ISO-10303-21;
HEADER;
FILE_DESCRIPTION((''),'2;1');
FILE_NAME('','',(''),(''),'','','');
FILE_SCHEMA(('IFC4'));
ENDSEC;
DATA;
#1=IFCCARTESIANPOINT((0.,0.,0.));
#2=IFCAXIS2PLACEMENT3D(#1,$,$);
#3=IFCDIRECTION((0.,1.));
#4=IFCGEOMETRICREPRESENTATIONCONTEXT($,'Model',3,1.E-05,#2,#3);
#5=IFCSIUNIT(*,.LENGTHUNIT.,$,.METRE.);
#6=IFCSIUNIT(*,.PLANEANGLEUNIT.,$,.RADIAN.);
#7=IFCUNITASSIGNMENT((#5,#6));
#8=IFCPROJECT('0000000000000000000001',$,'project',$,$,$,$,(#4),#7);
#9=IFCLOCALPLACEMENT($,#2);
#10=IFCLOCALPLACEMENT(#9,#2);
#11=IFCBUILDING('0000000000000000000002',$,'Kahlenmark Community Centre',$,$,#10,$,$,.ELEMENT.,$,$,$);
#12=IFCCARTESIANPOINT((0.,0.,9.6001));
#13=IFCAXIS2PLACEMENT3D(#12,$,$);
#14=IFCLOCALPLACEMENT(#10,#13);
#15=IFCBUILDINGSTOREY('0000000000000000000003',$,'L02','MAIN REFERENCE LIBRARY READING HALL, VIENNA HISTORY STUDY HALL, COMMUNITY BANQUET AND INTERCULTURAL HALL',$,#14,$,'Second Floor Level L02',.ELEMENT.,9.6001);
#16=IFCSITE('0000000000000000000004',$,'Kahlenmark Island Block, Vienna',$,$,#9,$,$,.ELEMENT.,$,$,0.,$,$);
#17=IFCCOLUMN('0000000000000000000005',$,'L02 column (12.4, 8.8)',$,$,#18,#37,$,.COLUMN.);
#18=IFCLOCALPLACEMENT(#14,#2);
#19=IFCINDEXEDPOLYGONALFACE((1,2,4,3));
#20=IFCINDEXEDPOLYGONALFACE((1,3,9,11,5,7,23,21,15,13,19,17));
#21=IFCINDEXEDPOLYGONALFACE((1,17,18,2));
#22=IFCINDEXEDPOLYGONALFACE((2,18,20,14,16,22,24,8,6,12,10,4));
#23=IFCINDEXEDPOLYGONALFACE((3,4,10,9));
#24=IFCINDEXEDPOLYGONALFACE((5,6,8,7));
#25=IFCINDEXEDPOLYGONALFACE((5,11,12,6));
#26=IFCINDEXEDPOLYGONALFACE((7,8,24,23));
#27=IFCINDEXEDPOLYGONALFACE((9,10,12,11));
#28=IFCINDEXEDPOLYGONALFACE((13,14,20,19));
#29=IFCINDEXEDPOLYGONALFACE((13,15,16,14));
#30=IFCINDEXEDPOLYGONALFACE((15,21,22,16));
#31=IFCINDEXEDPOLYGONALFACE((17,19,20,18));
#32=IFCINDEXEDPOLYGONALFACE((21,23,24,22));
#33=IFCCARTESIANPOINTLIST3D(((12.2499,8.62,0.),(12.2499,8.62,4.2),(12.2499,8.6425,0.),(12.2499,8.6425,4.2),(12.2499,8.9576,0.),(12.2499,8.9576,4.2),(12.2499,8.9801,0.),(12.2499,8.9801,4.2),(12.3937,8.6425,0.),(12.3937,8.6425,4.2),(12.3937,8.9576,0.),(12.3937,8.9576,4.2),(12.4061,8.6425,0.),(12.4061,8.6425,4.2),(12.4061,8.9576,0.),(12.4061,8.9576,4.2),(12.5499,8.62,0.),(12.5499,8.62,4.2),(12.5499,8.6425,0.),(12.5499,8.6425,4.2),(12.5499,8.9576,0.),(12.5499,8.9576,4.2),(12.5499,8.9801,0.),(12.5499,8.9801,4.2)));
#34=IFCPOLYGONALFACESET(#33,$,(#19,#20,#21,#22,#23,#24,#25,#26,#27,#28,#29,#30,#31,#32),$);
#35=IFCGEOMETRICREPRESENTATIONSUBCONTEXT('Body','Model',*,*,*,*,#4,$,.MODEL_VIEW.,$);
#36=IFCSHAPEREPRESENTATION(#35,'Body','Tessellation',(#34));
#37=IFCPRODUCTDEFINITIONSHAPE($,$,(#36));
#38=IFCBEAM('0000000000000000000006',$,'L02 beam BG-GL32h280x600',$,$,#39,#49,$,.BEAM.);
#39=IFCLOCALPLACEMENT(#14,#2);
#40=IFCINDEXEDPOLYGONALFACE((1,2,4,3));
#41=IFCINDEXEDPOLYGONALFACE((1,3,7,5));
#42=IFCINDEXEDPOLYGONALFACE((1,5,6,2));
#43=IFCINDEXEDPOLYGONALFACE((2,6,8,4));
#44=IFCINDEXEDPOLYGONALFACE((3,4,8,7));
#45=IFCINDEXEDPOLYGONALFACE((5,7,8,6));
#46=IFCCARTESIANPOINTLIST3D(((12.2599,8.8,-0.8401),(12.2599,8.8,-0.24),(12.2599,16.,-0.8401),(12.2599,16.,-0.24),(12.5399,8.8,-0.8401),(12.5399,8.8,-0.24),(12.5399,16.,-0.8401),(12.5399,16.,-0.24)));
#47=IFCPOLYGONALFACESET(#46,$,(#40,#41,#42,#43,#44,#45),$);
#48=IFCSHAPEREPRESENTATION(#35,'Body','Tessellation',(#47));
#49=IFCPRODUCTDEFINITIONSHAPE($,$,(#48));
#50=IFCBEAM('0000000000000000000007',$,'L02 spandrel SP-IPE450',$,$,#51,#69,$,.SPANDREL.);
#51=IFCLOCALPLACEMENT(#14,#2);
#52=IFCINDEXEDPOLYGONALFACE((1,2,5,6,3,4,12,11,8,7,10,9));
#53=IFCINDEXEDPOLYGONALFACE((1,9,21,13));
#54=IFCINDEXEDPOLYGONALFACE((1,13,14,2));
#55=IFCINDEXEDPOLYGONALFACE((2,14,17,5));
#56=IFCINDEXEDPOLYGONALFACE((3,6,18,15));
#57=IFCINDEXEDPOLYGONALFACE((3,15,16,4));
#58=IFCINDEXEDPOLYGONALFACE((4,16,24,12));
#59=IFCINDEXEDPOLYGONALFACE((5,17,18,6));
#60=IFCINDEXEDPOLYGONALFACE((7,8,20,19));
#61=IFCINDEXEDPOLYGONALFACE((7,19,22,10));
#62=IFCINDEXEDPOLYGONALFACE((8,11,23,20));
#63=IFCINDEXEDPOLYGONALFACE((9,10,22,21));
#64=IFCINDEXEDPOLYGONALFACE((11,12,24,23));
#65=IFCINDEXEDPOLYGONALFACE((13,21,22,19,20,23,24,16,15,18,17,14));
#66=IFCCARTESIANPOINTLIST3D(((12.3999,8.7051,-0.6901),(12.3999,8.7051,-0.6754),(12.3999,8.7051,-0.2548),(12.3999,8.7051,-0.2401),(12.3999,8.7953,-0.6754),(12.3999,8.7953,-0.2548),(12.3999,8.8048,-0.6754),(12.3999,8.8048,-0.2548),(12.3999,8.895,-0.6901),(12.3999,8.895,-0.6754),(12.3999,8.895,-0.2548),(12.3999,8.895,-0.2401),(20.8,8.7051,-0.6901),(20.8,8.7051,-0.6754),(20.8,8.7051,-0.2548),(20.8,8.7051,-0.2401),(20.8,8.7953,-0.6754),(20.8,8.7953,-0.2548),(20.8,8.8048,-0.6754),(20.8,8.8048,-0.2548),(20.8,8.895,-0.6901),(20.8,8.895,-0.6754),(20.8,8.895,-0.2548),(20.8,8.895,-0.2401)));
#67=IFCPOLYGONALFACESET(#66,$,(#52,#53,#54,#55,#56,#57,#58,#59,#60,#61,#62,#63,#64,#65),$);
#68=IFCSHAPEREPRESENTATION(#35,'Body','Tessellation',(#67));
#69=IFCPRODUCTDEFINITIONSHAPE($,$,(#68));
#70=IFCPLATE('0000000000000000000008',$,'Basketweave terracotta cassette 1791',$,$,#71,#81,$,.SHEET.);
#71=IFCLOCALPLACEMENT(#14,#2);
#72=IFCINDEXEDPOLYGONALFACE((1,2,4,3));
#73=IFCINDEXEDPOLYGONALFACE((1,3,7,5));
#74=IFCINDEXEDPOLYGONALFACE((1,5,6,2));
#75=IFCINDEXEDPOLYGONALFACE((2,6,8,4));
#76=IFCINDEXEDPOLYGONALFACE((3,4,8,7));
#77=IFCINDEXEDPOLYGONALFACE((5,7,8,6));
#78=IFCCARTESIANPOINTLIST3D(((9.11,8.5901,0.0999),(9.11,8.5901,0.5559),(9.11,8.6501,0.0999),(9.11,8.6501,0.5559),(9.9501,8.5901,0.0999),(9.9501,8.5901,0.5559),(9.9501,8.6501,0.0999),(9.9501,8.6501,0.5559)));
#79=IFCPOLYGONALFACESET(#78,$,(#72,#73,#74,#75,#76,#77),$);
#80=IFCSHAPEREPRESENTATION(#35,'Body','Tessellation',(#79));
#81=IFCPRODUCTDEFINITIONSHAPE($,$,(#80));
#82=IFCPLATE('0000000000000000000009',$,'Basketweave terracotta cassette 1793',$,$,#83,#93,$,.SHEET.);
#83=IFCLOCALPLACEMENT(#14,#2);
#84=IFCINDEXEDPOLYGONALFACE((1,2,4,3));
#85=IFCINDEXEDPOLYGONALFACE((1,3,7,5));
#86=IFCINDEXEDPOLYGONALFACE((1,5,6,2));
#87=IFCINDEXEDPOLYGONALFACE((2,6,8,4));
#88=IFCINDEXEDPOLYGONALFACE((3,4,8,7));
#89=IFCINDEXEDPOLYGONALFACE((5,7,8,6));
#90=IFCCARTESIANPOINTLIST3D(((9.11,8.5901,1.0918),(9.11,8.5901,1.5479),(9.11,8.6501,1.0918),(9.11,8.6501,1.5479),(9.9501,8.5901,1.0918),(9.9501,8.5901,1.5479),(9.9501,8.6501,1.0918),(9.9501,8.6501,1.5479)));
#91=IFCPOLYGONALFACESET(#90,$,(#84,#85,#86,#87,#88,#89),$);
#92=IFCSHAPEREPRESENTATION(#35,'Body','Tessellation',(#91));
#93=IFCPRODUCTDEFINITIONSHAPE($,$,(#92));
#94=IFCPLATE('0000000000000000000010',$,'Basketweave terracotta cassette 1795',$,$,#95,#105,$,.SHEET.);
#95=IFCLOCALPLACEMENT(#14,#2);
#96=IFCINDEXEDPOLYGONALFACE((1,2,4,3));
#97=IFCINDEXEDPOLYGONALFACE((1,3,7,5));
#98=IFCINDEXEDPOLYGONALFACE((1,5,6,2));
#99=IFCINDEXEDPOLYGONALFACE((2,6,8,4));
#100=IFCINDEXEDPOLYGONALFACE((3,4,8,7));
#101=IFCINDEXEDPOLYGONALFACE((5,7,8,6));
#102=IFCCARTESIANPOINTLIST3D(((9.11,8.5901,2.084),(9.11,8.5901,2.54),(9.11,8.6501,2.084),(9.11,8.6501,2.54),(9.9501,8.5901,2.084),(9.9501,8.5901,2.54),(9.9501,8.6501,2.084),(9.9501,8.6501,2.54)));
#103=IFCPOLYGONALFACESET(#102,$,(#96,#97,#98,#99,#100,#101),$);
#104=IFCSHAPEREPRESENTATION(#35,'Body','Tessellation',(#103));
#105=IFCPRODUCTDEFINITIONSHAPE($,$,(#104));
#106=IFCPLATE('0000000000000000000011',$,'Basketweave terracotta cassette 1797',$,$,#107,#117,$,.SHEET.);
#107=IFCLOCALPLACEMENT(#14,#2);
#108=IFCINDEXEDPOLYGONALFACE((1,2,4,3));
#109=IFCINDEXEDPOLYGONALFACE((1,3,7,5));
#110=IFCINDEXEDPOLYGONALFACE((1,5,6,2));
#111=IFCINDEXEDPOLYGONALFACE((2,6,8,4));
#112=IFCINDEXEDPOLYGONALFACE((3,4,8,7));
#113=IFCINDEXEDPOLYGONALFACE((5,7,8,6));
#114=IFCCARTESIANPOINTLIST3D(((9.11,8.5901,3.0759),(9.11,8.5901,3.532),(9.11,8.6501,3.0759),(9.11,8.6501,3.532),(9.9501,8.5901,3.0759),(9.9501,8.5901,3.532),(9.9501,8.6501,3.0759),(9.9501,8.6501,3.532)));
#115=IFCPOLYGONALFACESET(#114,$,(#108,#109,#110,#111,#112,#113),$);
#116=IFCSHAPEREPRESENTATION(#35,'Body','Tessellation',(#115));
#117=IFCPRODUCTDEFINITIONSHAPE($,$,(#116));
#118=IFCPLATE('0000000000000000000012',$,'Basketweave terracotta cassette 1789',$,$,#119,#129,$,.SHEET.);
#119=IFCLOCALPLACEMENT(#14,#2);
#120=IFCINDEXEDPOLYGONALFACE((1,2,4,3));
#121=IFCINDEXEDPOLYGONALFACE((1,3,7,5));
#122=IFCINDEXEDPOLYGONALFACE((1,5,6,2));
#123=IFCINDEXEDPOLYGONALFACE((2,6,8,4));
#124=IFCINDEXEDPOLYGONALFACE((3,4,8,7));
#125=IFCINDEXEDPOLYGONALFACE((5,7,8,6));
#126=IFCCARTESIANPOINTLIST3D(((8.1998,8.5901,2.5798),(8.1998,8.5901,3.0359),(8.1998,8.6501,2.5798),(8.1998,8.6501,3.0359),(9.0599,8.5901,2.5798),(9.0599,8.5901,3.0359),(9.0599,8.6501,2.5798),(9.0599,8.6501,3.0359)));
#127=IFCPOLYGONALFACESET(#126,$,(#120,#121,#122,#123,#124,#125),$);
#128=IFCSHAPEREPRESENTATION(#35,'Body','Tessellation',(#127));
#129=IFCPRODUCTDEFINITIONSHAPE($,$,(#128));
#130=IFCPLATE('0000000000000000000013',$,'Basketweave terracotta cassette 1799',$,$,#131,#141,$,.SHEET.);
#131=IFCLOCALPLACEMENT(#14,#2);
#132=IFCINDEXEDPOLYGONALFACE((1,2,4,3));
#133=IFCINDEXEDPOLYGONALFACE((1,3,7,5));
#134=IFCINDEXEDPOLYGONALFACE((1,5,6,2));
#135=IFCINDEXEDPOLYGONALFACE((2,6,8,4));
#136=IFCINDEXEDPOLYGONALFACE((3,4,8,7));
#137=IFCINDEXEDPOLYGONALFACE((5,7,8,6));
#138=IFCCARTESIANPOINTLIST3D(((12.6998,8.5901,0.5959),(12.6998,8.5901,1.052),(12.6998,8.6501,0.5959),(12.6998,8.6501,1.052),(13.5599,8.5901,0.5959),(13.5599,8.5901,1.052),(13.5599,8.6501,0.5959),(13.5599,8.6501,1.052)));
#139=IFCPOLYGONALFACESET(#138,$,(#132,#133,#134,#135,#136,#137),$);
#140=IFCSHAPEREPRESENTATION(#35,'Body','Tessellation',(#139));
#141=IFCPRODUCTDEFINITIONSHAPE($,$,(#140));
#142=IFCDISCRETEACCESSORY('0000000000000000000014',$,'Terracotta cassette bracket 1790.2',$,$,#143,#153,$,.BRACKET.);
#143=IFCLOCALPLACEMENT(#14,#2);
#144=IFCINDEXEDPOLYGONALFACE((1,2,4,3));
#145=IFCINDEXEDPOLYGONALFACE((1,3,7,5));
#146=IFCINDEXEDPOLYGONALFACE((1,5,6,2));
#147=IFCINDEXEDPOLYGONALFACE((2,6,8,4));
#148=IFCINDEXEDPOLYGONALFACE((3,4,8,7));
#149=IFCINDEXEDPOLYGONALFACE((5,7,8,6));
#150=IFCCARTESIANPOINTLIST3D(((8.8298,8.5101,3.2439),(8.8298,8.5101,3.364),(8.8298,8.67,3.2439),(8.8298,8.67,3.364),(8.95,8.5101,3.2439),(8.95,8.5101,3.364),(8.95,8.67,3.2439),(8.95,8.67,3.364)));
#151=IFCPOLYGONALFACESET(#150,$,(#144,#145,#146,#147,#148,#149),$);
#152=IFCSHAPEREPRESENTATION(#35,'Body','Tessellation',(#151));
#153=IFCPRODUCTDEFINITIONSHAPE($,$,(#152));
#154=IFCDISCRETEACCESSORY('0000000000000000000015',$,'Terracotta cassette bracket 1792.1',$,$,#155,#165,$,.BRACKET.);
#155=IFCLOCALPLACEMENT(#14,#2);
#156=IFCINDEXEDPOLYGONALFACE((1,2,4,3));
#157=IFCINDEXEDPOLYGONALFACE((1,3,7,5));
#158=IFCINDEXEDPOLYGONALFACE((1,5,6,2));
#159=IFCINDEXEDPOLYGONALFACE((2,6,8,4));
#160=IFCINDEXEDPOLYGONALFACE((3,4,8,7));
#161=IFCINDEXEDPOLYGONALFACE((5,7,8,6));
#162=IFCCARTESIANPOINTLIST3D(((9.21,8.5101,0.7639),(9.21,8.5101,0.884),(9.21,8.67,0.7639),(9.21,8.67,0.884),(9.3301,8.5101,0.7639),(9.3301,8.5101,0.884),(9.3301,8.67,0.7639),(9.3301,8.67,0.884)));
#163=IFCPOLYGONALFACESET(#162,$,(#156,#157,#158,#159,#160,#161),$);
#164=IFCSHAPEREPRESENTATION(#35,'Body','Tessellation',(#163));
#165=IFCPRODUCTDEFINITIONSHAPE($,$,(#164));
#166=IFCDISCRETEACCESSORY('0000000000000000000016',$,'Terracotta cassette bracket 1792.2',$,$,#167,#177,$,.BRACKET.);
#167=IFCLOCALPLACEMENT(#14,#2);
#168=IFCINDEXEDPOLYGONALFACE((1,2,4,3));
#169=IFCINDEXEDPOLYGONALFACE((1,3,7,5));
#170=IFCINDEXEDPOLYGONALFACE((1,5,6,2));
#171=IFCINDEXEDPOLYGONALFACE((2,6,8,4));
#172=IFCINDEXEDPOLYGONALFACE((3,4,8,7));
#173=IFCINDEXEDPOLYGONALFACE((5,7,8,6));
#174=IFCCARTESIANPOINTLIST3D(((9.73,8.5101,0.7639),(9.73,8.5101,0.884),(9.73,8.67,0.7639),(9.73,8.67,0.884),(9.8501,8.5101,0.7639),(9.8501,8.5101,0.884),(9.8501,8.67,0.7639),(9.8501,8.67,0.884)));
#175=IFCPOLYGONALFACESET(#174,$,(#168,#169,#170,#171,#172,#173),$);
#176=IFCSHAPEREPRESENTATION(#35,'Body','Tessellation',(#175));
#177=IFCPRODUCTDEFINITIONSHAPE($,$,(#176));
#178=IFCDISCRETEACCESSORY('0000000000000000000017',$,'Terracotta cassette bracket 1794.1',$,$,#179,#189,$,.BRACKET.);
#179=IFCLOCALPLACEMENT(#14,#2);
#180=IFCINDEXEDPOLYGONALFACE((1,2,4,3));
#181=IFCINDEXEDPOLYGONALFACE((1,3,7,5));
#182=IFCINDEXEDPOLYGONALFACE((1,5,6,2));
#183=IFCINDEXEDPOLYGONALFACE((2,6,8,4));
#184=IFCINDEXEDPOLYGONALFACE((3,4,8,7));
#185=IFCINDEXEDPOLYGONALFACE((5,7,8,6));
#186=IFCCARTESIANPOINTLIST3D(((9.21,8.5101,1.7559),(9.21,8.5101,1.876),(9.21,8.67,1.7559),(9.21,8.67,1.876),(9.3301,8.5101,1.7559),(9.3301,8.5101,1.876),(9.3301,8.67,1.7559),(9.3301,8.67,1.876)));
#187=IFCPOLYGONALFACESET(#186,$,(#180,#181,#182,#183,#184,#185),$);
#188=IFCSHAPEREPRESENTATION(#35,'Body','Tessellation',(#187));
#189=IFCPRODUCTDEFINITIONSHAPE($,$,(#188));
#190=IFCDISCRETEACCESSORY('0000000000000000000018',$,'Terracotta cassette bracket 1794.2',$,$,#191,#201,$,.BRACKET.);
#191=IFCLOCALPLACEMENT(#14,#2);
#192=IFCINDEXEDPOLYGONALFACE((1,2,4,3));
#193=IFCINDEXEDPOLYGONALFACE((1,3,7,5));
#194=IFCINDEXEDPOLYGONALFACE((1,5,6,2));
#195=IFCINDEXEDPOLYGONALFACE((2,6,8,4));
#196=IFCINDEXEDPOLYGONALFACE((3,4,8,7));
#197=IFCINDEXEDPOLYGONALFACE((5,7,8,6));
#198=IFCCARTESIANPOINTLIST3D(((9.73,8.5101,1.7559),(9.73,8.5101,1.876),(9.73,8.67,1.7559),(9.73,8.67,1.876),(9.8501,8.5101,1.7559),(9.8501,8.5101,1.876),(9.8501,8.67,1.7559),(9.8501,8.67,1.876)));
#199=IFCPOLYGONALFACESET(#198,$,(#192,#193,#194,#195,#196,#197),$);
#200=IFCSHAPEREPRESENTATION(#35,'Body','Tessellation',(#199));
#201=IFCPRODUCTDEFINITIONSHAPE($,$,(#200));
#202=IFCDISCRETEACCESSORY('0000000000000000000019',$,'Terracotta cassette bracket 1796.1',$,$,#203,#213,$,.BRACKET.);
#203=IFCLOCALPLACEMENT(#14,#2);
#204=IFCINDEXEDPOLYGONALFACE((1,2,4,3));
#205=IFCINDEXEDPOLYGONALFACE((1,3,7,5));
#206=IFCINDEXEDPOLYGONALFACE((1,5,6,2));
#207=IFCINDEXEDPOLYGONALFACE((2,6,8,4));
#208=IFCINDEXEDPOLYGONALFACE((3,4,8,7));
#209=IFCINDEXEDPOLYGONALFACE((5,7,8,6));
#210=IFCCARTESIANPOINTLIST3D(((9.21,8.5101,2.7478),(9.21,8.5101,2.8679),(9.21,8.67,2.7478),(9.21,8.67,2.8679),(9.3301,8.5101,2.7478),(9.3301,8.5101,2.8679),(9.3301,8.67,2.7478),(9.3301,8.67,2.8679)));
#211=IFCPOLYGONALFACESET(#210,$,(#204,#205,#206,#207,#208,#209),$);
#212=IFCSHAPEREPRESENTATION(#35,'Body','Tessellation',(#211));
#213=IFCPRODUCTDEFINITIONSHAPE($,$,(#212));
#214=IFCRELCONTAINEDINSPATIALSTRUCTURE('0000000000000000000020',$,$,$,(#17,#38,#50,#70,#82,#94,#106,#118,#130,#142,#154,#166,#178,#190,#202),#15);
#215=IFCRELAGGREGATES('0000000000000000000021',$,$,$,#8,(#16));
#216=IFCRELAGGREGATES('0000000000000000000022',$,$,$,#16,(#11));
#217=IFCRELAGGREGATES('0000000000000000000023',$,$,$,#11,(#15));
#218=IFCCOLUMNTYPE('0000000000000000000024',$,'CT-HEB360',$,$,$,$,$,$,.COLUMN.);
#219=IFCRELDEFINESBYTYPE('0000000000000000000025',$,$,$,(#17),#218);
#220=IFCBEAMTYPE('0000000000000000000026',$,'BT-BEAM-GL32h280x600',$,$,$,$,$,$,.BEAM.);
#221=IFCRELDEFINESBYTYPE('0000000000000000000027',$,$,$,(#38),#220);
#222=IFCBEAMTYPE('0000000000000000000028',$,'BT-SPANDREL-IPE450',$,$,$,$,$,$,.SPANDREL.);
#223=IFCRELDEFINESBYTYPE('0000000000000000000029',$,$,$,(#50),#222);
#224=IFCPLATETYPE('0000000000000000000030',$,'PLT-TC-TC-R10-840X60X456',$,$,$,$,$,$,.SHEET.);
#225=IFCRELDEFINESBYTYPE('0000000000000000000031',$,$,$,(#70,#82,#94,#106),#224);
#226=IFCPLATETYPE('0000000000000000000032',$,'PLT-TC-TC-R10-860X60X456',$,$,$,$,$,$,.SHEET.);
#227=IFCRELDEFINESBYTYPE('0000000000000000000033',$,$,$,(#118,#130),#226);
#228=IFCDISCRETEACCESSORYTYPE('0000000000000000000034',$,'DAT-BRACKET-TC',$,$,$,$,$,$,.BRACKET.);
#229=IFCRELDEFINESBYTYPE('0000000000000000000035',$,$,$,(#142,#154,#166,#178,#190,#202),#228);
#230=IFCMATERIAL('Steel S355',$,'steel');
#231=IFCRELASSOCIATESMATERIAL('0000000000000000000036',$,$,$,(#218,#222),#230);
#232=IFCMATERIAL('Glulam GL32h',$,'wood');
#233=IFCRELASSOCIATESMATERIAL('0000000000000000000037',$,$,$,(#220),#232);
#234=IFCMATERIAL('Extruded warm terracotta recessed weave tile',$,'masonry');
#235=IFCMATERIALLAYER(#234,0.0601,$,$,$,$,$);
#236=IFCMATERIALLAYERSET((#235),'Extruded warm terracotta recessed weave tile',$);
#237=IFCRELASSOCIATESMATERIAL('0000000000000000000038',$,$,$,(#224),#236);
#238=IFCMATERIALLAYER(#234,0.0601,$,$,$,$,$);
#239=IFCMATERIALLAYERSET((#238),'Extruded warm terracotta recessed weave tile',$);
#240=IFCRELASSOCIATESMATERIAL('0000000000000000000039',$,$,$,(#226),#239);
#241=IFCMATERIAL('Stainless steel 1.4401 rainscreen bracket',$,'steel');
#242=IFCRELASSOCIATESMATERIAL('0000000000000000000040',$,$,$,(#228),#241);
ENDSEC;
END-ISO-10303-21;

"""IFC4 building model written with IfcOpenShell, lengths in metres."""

from ifc_helpers import new_model, si_unit, direction, frame, origin, origin_2d, place, context, subcontext, project, spatial, rectangle, i_section, extrude, material, layer, layer_set, material_profile, profile_set, type_object, element, save


model = new_model("IFC4")

# Units and contexts
model_context = context("Model", 3, precision=1e-05, world=origin(), true_north=direction((0.0, 1.0)))
body_context = subcontext(model_context, "Body", "Model", "MODEL_VIEW")
ifc_project = project(units=[si_unit("LENGTHUNIT", "METRE"), si_unit("PLANEANGLEUNIT", "RADIAN")], contexts=[model_context])

# Site, building, storey
site_placement = place(None, origin())
site = spatial("IfcSite", under=ifc_project, at=site_placement, Name="Kahlenmark Island Block, Vienna", CompositionType="ELEMENT", RefElevation=0.0)
building_placement = place(site_placement, origin())
building = spatial("IfcBuilding", under=site, at=building_placement, Name="Kahlenmark Community Centre", CompositionType="ELEMENT")
storey_placement = place(building_placement, frame((0.0, 0.0, 9.6001)))
storey = spatial("IfcBuildingStorey", under=building, at=storey_placement, Name="L02", Description="MAIN REFERENCE LIBRARY READING HALL, VIENNA HISTORY STUDY HALL, COMMUNITY BANQUET AND INTERCULTURAL HALL", LongName="Second Floor Level L02", CompositionType="ELEMENT", Elevation=9.6001)

# Column
ifc_material_1 = material(Name="Steel S355", Category="steel")
ifc_material_profile_1 = material_profile(ifc_material_1, i_section(OverallWidth=0.3, OverallDepth=0.3601, WebThickness=0.0125, FlangeThickness=0.0225, at=origin_2d()), Name="HEB 360")
ifc_profile_set_1 = profile_set([ifc_material_profile_1], Name="Steel S355")
column_type = type_object("IfcColumnType", Name="CT-HEB360", PredefinedType="COLUMN", material=ifc_profile_set_1)
column_placement = place(storey_placement, frame((12.3999, 8.8, 0.0), z_axis=(0.0, 0.0, 1.0), x_axis=(1.0, 0.0, 0.0)))
element("IfcColumn", 1, at=column_placement, inside=storey, type_object=column_type, Name="L02 column (12.4, 8.8)", PredefinedType="COLUMN", context=body_context, shape_type="SweptSolid", body=[
    extrude(i_section(OverallWidth=0.3, OverallDepth=0.3601, WebThickness=0.0125, FlangeThickness=0.0225, at=origin_2d()), origin(), (0.0, 0.0, 1.0), 4.2),
])

# Beams
ifc_material_2 = material(Name="Glulam GL32h", Category="wood")
ifc_material_profile_2 = material_profile(ifc_material_2, rectangle(XDim=0.28, YDim=0.6001, at=origin_2d()), Name="GL32h 280x600")
ifc_profile_set_2 = profile_set([ifc_material_profile_2], Name="Glulam GL32h")
beam_type_1 = type_object("IfcBeamType", Name="BT-BEAM-GL32h280x600", PredefinedType="BEAM", material=ifc_profile_set_2)
beam_1_placement = place(storey_placement, frame((12.3999, 8.8, -0.54), z_axis=(0.0, 1.0, 0.0), x_axis=(-1.0, 0.0, 0.0)))
element("IfcBeam", 2, at=beam_1_placement, inside=storey, type_object=beam_type_1, Name="L02 beam BG-GL32h280x600", PredefinedType="BEAM", context=body_context, shape_type="SweptSolid", body=[
    extrude(rectangle(XDim=0.28, YDim=0.6001, at=origin_2d()), origin(), (0.0, 0.0, 1.0), 7.2),
])
ifc_material_profile_3 = material_profile(ifc_material_1, i_section(OverallWidth=0.1899, OverallDepth=0.45, WebThickness=0.0095, FlangeThickness=0.0146, at=origin_2d()), Name="IPE 450")
ifc_profile_set_3 = profile_set([ifc_material_profile_3], Name="Steel S355")
beam_type_2 = type_object("IfcBeamType", Name="BT-SPANDREL-IPE450", PredefinedType="SPANDREL", material=ifc_profile_set_3)
beam_2_placement = place(storey_placement, frame((12.3999, 8.8, -0.4651), z_axis=(1.0, 0.0, 0.0), x_axis=(0.0, 1.0, 0.0)))
element("IfcBeam", 3, at=beam_2_placement, inside=storey, type_object=beam_type_2, Name="L02 spandrel SP-IPE450", PredefinedType="SPANDREL", context=body_context, shape_type="SweptSolid", body=[
    extrude(i_section(OverallWidth=0.1899, OverallDepth=0.45, WebThickness=0.0095, FlangeThickness=0.0146, at=origin_2d()), origin(), (0.0, 0.0, 1.0), 8.4001),
])

# Plates
ifc_material_3 = material(Name="Extruded warm terracotta recessed weave tile", Category="masonry")
ifc_layer_1 = layer(ifc_material_3, 0.0601)
ifc_layer_set_1 = layer_set([ifc_layer_1], Name="Extruded warm terracotta recessed weave tile")
plate_type_1 = type_object("IfcPlateType", Name="PLT-TC-TC-R10-840X60X456", PredefinedType="SHEET", material=ifc_layer_set_1)
for number, where, z_axis, x_axis, name in (
    (4, (9.53, 8.6201, 0.0999), (0.0, 0.0, 1.0), (1.0, 0.0, 0.0), "Basketweave terracotta cassette 1791"),
    (5, (9.53, 8.6201, 1.0918), (0.0, 0.0, 1.0), (1.0, 0.0, 0.0), "Basketweave terracotta cassette 1793"),
    (6, (9.53, 8.6201, 2.084), (0.0, 0.0, 1.0), (1.0, 0.0, 0.0), "Basketweave terracotta cassette 1795"),
    (7, (9.53, 8.6201, 3.0759), (0.0, 0.0, 1.0), (1.0, 0.0, 0.0), "Basketweave terracotta cassette 1797"),
):
    element("IfcPlate", number, at=place(storey_placement, frame(where, z_axis=z_axis, x_axis=x_axis)), inside=storey, type_object=plate_type_1, Name=name, PredefinedType="SHEET", context=body_context, shape_type="SweptSolid", body=[
        extrude(rectangle(XDim=0.8401, YDim=0.0601, at=origin_2d()), origin(), (0.0, 0.0, 1.0), 0.4561),
    ])
ifc_layer_2 = layer(ifc_material_3, 0.0601)
ifc_layer_set_2 = layer_set([ifc_layer_2], Name="Extruded warm terracotta recessed weave tile")
plate_type_2 = type_object("IfcPlateType", Name="PLT-TC-TC-R10-860X60X456", PredefinedType="SHEET", material=ifc_layer_set_2)
for number, where, z_axis, x_axis, name in (
    (8, (8.6299, 8.6201, 2.5798), (0.0, 0.0, 1.0), (1.0, 0.0, 0.0), "Basketweave terracotta cassette 1789"),
    (9, (13.1299, 8.6201, 0.5959), (0.0, 0.0, 1.0), (1.0, 0.0, 0.0), "Basketweave terracotta cassette 1799"),
):
    element("IfcPlate", number, at=place(storey_placement, frame(where, z_axis=z_axis, x_axis=x_axis)), inside=storey, type_object=plate_type_2, Name=name, PredefinedType="SHEET", context=body_context, shape_type="SweptSolid", body=[
        extrude(rectangle(XDim=0.8601, YDim=0.0601, at=origin_2d()), origin(), (0.0, 0.0, 1.0), 0.4561),
    ])

# Discrete accessories
ifc_material_4 = material(Name="Stainless steel 1.4401 rainscreen bracket", Category="steel")
discrete_accessory_type = type_object("IfcDiscreteAccessoryType", Name="DAT-BRACKET-TC", PredefinedType="BRACKET", material=ifc_material_4)
for number, where, z_axis, x_axis, name in (
    (10, (8.8899, 8.5901, 3.2439), (0.0, 0.0, 1.0), (1.0, 0.0, 0.0), "Terracotta cassette bracket 1790.2"),
    (11, (9.27, 8.5901, 0.7639), (0.0, 0.0, 1.0), (1.0, 0.0, 0.0), "Terracotta cassette bracket 1792.1"),
    (12, (9.79, 8.5901, 0.7639), (0.0, 0.0, 1.0), (1.0, 0.0, 0.0), "Terracotta cassette bracket 1792.2"),
    (13, (9.27, 8.5901, 1.7559), (0.0, 0.0, 1.0), (1.0, 0.0, 0.0), "Terracotta cassette bracket 1794.1"),
    (14, (9.79, 8.5901, 1.7559), (0.0, 0.0, 1.0), (1.0, 0.0, 0.0), "Terracotta cassette bracket 1794.2"),
    (15, (9.27, 8.5901, 2.7478), (0.0, 0.0, 1.0), (1.0, 0.0, 0.0), "Terracotta cassette bracket 1796.1"),
):
    element("IfcDiscreteAccessory", number, at=place(storey_placement, frame(where, z_axis=z_axis, x_axis=x_axis)), inside=storey, type_object=discrete_accessory_type, Name=name, PredefinedType="BRACKET", context=body_context, shape_type="SweptSolid", body=[
        extrude(rectangle(XDim=0.1201, YDim=0.1599, at=origin_2d()), origin(), (0.0, 0.0, 1.0), 0.1201),
    ])

save(model, "model.ifc")
